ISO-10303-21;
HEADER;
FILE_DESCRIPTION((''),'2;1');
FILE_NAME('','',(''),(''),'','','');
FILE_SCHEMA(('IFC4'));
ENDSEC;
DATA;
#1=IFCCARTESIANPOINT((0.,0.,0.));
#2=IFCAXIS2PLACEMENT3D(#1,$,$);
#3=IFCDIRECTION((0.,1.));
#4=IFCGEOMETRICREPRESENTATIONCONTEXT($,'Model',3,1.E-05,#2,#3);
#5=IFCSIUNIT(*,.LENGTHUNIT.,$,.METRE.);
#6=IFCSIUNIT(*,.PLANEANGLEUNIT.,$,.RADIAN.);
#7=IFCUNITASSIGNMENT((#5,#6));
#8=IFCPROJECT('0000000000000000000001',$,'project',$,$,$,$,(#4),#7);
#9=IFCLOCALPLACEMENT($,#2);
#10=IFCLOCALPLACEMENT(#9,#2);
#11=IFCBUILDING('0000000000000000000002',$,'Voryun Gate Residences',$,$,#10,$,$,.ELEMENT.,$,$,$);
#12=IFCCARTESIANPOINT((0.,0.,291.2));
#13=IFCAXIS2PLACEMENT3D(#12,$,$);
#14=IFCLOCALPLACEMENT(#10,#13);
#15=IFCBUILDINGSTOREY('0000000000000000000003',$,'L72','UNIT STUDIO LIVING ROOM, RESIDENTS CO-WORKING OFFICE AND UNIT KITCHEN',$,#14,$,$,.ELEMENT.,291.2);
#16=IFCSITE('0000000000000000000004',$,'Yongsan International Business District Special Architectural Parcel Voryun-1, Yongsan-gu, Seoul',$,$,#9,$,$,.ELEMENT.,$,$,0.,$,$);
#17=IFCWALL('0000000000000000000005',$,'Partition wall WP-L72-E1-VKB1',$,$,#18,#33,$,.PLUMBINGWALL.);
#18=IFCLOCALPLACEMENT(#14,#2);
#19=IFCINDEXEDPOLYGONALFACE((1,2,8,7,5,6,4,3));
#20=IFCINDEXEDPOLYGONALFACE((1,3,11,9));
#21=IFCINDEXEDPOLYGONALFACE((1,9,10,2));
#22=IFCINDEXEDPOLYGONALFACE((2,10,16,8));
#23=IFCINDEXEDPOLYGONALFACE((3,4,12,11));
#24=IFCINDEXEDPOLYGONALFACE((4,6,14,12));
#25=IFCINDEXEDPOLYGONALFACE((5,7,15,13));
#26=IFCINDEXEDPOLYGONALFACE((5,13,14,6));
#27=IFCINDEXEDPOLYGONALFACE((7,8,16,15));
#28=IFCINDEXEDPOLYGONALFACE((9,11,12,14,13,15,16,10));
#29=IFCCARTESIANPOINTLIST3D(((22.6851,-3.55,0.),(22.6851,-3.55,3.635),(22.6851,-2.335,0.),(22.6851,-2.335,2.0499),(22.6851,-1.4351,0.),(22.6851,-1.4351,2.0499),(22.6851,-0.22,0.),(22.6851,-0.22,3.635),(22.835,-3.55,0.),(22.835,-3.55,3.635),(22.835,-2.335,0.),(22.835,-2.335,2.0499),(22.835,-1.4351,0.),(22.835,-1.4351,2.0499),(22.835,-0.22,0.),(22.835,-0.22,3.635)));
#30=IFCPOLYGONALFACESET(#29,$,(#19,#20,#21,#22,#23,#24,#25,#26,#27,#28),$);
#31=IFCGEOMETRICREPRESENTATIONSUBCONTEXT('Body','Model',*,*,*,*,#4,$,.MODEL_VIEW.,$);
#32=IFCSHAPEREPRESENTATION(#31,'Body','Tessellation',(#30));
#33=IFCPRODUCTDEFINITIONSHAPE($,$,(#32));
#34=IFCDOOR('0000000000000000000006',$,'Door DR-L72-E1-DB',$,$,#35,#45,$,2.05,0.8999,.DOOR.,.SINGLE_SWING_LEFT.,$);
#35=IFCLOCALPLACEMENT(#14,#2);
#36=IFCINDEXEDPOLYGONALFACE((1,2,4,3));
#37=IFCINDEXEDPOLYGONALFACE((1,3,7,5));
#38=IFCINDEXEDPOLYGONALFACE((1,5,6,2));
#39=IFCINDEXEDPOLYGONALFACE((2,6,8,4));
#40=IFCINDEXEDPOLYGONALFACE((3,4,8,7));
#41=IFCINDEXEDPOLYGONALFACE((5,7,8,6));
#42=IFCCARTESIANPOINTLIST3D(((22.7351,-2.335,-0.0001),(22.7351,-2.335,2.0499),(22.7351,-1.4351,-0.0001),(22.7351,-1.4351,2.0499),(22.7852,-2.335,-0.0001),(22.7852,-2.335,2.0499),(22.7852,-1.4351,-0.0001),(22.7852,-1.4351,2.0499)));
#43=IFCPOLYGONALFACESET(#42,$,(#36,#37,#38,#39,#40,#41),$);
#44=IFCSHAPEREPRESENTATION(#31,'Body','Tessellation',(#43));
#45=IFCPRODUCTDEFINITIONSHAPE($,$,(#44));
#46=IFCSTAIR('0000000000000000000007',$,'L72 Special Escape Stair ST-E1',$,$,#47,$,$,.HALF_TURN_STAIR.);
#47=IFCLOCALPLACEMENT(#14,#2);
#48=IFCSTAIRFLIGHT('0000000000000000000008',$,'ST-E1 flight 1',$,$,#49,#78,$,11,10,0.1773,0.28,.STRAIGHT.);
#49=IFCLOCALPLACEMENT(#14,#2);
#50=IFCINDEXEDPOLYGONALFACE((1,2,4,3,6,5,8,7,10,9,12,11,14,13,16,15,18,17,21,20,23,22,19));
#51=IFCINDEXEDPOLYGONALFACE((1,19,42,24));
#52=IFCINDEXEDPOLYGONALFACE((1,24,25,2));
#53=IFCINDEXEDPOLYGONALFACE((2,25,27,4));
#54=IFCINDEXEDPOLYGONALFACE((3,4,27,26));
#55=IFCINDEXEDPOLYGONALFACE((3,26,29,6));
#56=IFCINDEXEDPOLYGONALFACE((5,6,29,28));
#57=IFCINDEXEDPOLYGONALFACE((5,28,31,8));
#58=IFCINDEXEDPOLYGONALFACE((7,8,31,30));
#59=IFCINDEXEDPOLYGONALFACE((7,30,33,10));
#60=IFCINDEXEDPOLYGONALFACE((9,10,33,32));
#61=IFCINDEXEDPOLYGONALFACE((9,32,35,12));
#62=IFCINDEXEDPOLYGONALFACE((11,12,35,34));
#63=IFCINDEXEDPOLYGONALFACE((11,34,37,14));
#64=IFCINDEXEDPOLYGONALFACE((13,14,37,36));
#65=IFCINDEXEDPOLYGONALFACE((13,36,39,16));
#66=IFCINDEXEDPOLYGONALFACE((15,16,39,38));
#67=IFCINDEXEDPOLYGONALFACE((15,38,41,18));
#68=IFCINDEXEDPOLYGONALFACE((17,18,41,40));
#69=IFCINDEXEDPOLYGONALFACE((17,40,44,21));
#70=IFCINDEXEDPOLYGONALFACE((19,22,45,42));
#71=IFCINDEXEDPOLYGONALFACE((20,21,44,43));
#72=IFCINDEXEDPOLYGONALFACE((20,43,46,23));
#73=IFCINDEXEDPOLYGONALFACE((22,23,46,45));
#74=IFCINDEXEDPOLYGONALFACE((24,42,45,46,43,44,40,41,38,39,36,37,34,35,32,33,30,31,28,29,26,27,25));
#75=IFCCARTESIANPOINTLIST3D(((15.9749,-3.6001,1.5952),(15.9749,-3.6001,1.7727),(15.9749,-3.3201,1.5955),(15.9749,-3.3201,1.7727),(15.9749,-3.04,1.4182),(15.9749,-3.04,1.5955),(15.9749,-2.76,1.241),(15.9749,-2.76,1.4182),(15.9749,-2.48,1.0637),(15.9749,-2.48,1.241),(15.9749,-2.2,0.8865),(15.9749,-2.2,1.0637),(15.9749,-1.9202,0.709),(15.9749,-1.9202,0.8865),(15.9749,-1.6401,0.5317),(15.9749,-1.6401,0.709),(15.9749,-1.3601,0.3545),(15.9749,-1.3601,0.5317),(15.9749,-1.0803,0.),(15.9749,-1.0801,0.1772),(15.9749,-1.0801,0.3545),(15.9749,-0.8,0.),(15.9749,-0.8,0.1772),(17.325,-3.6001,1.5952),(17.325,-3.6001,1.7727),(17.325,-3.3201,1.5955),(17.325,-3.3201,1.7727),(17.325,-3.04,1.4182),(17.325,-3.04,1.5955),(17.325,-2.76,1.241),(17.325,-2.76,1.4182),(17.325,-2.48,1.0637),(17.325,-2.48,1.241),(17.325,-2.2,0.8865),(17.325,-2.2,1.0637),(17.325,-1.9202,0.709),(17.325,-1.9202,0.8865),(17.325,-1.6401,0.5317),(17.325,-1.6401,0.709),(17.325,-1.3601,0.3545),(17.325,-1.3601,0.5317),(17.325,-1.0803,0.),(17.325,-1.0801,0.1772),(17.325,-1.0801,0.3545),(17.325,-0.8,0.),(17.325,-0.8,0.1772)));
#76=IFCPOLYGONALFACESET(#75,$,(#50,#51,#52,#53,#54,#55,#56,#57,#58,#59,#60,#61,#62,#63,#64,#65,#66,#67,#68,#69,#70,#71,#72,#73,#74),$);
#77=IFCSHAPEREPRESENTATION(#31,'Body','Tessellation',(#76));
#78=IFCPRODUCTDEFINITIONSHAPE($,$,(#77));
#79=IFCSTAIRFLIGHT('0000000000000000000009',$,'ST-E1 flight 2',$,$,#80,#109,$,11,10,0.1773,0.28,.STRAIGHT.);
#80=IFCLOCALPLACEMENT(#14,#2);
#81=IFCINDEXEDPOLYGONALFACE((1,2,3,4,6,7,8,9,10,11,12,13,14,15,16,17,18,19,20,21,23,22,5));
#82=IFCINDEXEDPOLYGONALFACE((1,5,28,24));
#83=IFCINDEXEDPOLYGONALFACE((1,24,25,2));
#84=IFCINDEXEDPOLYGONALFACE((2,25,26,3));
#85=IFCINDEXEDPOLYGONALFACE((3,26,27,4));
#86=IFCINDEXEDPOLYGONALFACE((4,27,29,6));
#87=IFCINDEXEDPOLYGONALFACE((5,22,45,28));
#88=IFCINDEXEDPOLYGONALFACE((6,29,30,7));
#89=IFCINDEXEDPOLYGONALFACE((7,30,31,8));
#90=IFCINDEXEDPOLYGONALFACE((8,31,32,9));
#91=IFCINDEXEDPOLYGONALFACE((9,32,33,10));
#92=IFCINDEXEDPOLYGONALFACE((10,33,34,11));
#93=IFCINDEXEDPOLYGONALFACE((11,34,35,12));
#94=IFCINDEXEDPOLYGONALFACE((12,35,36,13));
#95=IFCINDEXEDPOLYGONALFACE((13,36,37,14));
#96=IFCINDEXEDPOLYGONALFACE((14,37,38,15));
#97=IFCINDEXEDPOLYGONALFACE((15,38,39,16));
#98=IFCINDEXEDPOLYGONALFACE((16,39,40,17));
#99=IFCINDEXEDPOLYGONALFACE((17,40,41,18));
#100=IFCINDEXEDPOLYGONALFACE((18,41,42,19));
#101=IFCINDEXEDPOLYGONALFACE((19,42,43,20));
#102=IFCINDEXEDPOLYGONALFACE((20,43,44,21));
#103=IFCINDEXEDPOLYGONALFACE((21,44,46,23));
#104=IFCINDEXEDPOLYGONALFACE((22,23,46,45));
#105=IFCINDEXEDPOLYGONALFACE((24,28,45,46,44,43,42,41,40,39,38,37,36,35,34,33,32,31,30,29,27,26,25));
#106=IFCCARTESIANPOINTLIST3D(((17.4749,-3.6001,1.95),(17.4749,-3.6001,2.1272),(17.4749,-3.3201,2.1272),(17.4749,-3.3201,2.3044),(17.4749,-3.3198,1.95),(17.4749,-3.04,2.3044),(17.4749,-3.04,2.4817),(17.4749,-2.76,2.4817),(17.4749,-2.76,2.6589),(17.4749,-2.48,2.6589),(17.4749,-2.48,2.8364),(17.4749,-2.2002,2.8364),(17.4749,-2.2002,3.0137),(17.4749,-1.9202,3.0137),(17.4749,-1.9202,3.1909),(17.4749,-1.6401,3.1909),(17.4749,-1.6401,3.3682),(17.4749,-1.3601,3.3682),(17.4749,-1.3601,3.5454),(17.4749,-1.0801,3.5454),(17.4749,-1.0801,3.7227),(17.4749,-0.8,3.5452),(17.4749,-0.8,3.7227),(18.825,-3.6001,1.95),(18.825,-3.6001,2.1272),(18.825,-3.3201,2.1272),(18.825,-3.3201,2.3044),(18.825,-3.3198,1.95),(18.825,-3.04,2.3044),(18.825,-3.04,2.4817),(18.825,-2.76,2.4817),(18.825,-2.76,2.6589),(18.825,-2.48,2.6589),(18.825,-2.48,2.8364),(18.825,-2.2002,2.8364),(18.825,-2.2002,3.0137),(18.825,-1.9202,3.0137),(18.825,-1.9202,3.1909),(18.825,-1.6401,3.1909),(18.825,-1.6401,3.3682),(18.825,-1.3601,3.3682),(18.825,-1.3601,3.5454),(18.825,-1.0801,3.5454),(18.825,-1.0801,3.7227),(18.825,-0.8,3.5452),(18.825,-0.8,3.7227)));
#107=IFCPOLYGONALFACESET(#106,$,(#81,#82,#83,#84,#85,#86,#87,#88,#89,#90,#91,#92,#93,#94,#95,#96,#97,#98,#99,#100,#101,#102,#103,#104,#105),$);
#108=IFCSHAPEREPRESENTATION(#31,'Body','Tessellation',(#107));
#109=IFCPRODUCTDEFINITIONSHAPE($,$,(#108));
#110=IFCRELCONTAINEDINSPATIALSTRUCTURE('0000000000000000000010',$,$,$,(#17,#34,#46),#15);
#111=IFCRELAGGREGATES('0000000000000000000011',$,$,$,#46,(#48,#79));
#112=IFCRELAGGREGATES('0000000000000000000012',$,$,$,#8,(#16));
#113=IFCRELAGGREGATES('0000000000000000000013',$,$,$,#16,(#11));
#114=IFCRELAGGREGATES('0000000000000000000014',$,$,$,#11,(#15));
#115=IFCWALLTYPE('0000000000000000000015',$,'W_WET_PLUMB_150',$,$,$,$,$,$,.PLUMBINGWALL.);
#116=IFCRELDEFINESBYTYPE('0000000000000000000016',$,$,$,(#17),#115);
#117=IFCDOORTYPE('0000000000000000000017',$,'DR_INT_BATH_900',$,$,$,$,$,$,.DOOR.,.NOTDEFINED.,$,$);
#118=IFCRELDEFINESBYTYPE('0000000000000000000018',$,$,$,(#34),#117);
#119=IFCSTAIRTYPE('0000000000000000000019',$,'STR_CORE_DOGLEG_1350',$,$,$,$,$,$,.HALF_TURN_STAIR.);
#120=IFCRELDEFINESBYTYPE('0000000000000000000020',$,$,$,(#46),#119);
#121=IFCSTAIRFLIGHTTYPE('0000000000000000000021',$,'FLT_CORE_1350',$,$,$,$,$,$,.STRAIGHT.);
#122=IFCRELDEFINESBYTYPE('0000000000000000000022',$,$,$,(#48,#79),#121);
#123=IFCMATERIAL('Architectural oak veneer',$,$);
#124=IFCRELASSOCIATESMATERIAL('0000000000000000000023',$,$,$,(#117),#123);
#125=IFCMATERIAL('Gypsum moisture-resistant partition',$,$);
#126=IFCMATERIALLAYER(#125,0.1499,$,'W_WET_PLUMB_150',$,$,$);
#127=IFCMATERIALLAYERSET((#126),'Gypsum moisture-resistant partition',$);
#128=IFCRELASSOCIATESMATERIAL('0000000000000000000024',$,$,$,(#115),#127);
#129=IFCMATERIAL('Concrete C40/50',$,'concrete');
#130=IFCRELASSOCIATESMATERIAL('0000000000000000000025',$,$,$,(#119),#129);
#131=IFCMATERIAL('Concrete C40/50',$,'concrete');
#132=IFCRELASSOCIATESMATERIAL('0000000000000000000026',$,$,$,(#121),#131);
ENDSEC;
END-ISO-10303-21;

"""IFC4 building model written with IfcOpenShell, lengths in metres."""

from ifc_helpers import new_model, si_unit, direction, frame, frame_2d, origin, place, context, subcontext, project, spatial, polyline, rectangle, outline, extrude, material, layer, layer_set, type_object, element, fill, aggregate, save


model = new_model("IFC4")

# Units and contexts
model_context = context("Model", 3, precision=1e-05, world=origin(), true_north=direction((0.0, 1.0)))
body_context = subcontext(model_context, "Body", "Model", "MODEL_VIEW")
ifc_project = project(units=[si_unit("LENGTHUNIT", "METRE"), si_unit("PLANEANGLEUNIT", "RADIAN")], contexts=[model_context])

# Site, building, storey
site_placement = place(None, origin())
site = spatial("IfcSite", under=ifc_project, at=site_placement, Name="Yongsan International Business District Special Architectural Parcel Voryun-1, Yongsan-gu, Seoul", CompositionType="ELEMENT", RefElevation=0.0)
building_placement = place(site_placement, origin())
building = spatial("IfcBuilding", under=site, at=building_placement, Name="Voryun Gate Residences", CompositionType="ELEMENT")
storey_placement = place(building_placement, frame((0.0, 0.0, 291.2)))
storey = spatial("IfcBuildingStorey", under=building, at=storey_placement, Name="L72", Description="UNIT STUDIO LIVING ROOM, RESIDENTS CO-WORKING OFFICE AND UNIT KITCHEN", CompositionType="ELEMENT", Elevation=291.2)

# Wall, opening, door
ifc_material_1 = material(Name="Architectural oak veneer")
door_type = type_object("IfcDoorType", Name="DR_INT_BATH_900", OperationType="NOTDEFINED", PredefinedType="DOOR", material=ifc_material_1)
ifc_material_2 = material(Name="Gypsum moisture-resistant partition")
ifc_layer_1 = layer(ifc_material_2, 0.1499, Name="W_WET_PLUMB_150")
ifc_layer_set_1 = layer_set([ifc_layer_1], Name="Gypsum moisture-resistant partition")
wall_type_1 = type_object("IfcWallType", Name="W_WET_PLUMB_150", PredefinedType="PLUMBINGWALL", material=ifc_layer_set_1)
wall_1_placement = place(storey_placement, frame((22.76, -3.55, 0.0), z_axis=(0.0, 0.0, 1.0), x_axis=(0.0, 1.0, 0.0)))
wall_1 = element("IfcWall", 1, at=wall_1_placement, inside=storey, type_object=wall_type_1, Name="Partition wall WP-L72-E1-VKB1", PredefinedType="PLUMBINGWALL", context=body_context, shape_type="SweptSolid", body=[
    extrude(rectangle(XDim=3.3301, YDim=0.1499, at=frame_2d((1.665, 0.0))), origin(), (0.0, 0.0, 1.0), 3.635),
])
opening_1_placement = place(wall_1_placement, frame((1.2151, 0.0, 0.0)))
opening_1 = element("IfcOpeningElement", 2, at=opening_1_placement, cuts=wall_1, PredefinedType="OPENING", context=body_context, shape_type="SweptSolid", body=[
    extrude(rectangle(XDim=0.8999, YDim=2.05, at=frame_2d((0.45, 1.0249))), frame((0.0, 0.085, 0.0), z_axis=(0.0, -1.0, 0.0), x_axis=(1.0, 0.0, 0.0)), (0.0, 0.0, 1.0), 0.1699),
])
door_1_placement = place(opening_1_placement, origin())
door_1 = element("IfcDoor", 3, at=door_1_placement, inside=storey, type_object=door_type, Name="Door DR-L72-E1-DB", OperationType="SINGLE_SWING_LEFT", OverallHeight=2.05, OverallWidth=0.8999, PredefinedType="DOOR", context=body_context, shape_type="SweptSolid", body=[
    extrude(rectangle(XDim=0.8999, YDim=2.05, at=frame_2d((0.45, 1.0249))), frame((0.0, 0.0249, 0.0), z_axis=(0.0, -1.0, 0.0), x_axis=(1.0, 0.0, 0.0)), (0.0, 0.0, 1.0), 0.05),
])
fill(opening_1, door_1)

# Stair, stair flights
ifc_material_3 = material(Name="Concrete C40/50", Category="concrete")
stair_type = type_object("IfcStairType", Name="STR_CORE_DOGLEG_1350", PredefinedType="HALF_TURN_STAIR", material=ifc_material_3)
stair_placement = place(storey_placement, origin())
stair = element("IfcStair", 4, at=stair_placement, inside=storey, type_object=stair_type, Name="L72 Special Escape Stair ST-E1", PredefinedType="HALF_TURN_STAIR")
ifc_material_4 = material(Name="Concrete C40/50", Category="concrete")
stair_flight_type = type_object("IfcStairFlightType", Name="FLT_CORE_1350", PredefinedType="STRAIGHT", material=ifc_material_4)
stair_flight_1_placement = place(storey_placement, frame((16.6499, -0.8, 0.0), z_axis=(0.0, 0.0, 1.0), x_axis=(0.0, -1.0, 0.0)))
stair_flight_1 = element("IfcStairFlight", 5, at=stair_flight_1_placement, type_object=stair_flight_type, Name="ST-E1 flight 1", NumberOfRisers=11, NumberOfTreads=10, PredefinedType="STRAIGHT", RiserHeight=0.1773, TreadLength=0.28, context=body_context, shape_type="SweptSolid", body=[
    extrude(outline(polyline([(0.0, 0.0), (0.0, 0.1772), (0.28, 0.1772), (0.28, 0.3545), (0.5601, 0.3545), (0.5601, 0.5317), (0.8401, 0.5317), (0.8401, 0.709), (1.1201, 0.709), (1.1201, 0.8865), (1.3999, 0.8865), (1.3999, 1.0637), (1.6799, 1.0637), (1.6799, 1.241), (1.96, 1.241), (1.96, 1.4182), (2.24, 1.4182), (2.24, 1.5955), (2.52, 1.5955), (2.52, 1.7727), (2.8, 1.7727), (2.8, 1.95), (2.8, 1.5952), (0.2803, 0.0), (0.0, 0.0)])), frame((0.0, 0.675, 0.0), z_axis=(0.0, -1.0, 0.0), x_axis=(1.0, 0.0, 0.0)), (0.0, 0.0, 1.0), 1.3501),
])
stair_flight_2_placement = place(storey_placement, frame((18.1499, -3.6001, 1.95), z_axis=(0.0, 0.0, 1.0), x_axis=(0.0, 1.0, 0.0)))
stair_flight_2 = element("IfcStairFlight", 6, at=stair_flight_2_placement, type_object=stair_flight_type, Name="ST-E1 flight 2", NumberOfRisers=11, NumberOfTreads=10, PredefinedType="STRAIGHT", RiserHeight=0.1773, TreadLength=0.28, context=body_context, shape_type="SweptSolid", body=[
    extrude(outline(polyline([(0.0, 0.0), (0.0, 0.1772), (0.28, 0.1772), (0.28, 0.3545), (0.5601, 0.3545), (0.5601, 0.5317), (0.8401, 0.5317), (0.8401, 0.709), (1.1201, 0.709), (1.1201, 0.8865), (1.3999, 0.8865), (1.3999, 1.0637), (1.6799, 1.0637), (1.6799, 1.241), (1.96, 1.241), (1.96, 1.4182), (2.24, 1.4182), (2.24, 1.5955), (2.52, 1.5955), (2.52, 1.7727), (2.8, 1.7727), (2.8, 1.95), (2.8, 1.5952), (0.2803, 0.0), (0.0, 0.0)])), frame((0.0, 0.675, 0.0), z_axis=(0.0, -1.0, 0.0), x_axis=(1.0, 0.0, 0.0)), (0.0, 0.0, 1.0), 1.3501),
])
aggregate(stair, [stair_flight_1, stair_flight_2])

save(model, "model.ifc")
